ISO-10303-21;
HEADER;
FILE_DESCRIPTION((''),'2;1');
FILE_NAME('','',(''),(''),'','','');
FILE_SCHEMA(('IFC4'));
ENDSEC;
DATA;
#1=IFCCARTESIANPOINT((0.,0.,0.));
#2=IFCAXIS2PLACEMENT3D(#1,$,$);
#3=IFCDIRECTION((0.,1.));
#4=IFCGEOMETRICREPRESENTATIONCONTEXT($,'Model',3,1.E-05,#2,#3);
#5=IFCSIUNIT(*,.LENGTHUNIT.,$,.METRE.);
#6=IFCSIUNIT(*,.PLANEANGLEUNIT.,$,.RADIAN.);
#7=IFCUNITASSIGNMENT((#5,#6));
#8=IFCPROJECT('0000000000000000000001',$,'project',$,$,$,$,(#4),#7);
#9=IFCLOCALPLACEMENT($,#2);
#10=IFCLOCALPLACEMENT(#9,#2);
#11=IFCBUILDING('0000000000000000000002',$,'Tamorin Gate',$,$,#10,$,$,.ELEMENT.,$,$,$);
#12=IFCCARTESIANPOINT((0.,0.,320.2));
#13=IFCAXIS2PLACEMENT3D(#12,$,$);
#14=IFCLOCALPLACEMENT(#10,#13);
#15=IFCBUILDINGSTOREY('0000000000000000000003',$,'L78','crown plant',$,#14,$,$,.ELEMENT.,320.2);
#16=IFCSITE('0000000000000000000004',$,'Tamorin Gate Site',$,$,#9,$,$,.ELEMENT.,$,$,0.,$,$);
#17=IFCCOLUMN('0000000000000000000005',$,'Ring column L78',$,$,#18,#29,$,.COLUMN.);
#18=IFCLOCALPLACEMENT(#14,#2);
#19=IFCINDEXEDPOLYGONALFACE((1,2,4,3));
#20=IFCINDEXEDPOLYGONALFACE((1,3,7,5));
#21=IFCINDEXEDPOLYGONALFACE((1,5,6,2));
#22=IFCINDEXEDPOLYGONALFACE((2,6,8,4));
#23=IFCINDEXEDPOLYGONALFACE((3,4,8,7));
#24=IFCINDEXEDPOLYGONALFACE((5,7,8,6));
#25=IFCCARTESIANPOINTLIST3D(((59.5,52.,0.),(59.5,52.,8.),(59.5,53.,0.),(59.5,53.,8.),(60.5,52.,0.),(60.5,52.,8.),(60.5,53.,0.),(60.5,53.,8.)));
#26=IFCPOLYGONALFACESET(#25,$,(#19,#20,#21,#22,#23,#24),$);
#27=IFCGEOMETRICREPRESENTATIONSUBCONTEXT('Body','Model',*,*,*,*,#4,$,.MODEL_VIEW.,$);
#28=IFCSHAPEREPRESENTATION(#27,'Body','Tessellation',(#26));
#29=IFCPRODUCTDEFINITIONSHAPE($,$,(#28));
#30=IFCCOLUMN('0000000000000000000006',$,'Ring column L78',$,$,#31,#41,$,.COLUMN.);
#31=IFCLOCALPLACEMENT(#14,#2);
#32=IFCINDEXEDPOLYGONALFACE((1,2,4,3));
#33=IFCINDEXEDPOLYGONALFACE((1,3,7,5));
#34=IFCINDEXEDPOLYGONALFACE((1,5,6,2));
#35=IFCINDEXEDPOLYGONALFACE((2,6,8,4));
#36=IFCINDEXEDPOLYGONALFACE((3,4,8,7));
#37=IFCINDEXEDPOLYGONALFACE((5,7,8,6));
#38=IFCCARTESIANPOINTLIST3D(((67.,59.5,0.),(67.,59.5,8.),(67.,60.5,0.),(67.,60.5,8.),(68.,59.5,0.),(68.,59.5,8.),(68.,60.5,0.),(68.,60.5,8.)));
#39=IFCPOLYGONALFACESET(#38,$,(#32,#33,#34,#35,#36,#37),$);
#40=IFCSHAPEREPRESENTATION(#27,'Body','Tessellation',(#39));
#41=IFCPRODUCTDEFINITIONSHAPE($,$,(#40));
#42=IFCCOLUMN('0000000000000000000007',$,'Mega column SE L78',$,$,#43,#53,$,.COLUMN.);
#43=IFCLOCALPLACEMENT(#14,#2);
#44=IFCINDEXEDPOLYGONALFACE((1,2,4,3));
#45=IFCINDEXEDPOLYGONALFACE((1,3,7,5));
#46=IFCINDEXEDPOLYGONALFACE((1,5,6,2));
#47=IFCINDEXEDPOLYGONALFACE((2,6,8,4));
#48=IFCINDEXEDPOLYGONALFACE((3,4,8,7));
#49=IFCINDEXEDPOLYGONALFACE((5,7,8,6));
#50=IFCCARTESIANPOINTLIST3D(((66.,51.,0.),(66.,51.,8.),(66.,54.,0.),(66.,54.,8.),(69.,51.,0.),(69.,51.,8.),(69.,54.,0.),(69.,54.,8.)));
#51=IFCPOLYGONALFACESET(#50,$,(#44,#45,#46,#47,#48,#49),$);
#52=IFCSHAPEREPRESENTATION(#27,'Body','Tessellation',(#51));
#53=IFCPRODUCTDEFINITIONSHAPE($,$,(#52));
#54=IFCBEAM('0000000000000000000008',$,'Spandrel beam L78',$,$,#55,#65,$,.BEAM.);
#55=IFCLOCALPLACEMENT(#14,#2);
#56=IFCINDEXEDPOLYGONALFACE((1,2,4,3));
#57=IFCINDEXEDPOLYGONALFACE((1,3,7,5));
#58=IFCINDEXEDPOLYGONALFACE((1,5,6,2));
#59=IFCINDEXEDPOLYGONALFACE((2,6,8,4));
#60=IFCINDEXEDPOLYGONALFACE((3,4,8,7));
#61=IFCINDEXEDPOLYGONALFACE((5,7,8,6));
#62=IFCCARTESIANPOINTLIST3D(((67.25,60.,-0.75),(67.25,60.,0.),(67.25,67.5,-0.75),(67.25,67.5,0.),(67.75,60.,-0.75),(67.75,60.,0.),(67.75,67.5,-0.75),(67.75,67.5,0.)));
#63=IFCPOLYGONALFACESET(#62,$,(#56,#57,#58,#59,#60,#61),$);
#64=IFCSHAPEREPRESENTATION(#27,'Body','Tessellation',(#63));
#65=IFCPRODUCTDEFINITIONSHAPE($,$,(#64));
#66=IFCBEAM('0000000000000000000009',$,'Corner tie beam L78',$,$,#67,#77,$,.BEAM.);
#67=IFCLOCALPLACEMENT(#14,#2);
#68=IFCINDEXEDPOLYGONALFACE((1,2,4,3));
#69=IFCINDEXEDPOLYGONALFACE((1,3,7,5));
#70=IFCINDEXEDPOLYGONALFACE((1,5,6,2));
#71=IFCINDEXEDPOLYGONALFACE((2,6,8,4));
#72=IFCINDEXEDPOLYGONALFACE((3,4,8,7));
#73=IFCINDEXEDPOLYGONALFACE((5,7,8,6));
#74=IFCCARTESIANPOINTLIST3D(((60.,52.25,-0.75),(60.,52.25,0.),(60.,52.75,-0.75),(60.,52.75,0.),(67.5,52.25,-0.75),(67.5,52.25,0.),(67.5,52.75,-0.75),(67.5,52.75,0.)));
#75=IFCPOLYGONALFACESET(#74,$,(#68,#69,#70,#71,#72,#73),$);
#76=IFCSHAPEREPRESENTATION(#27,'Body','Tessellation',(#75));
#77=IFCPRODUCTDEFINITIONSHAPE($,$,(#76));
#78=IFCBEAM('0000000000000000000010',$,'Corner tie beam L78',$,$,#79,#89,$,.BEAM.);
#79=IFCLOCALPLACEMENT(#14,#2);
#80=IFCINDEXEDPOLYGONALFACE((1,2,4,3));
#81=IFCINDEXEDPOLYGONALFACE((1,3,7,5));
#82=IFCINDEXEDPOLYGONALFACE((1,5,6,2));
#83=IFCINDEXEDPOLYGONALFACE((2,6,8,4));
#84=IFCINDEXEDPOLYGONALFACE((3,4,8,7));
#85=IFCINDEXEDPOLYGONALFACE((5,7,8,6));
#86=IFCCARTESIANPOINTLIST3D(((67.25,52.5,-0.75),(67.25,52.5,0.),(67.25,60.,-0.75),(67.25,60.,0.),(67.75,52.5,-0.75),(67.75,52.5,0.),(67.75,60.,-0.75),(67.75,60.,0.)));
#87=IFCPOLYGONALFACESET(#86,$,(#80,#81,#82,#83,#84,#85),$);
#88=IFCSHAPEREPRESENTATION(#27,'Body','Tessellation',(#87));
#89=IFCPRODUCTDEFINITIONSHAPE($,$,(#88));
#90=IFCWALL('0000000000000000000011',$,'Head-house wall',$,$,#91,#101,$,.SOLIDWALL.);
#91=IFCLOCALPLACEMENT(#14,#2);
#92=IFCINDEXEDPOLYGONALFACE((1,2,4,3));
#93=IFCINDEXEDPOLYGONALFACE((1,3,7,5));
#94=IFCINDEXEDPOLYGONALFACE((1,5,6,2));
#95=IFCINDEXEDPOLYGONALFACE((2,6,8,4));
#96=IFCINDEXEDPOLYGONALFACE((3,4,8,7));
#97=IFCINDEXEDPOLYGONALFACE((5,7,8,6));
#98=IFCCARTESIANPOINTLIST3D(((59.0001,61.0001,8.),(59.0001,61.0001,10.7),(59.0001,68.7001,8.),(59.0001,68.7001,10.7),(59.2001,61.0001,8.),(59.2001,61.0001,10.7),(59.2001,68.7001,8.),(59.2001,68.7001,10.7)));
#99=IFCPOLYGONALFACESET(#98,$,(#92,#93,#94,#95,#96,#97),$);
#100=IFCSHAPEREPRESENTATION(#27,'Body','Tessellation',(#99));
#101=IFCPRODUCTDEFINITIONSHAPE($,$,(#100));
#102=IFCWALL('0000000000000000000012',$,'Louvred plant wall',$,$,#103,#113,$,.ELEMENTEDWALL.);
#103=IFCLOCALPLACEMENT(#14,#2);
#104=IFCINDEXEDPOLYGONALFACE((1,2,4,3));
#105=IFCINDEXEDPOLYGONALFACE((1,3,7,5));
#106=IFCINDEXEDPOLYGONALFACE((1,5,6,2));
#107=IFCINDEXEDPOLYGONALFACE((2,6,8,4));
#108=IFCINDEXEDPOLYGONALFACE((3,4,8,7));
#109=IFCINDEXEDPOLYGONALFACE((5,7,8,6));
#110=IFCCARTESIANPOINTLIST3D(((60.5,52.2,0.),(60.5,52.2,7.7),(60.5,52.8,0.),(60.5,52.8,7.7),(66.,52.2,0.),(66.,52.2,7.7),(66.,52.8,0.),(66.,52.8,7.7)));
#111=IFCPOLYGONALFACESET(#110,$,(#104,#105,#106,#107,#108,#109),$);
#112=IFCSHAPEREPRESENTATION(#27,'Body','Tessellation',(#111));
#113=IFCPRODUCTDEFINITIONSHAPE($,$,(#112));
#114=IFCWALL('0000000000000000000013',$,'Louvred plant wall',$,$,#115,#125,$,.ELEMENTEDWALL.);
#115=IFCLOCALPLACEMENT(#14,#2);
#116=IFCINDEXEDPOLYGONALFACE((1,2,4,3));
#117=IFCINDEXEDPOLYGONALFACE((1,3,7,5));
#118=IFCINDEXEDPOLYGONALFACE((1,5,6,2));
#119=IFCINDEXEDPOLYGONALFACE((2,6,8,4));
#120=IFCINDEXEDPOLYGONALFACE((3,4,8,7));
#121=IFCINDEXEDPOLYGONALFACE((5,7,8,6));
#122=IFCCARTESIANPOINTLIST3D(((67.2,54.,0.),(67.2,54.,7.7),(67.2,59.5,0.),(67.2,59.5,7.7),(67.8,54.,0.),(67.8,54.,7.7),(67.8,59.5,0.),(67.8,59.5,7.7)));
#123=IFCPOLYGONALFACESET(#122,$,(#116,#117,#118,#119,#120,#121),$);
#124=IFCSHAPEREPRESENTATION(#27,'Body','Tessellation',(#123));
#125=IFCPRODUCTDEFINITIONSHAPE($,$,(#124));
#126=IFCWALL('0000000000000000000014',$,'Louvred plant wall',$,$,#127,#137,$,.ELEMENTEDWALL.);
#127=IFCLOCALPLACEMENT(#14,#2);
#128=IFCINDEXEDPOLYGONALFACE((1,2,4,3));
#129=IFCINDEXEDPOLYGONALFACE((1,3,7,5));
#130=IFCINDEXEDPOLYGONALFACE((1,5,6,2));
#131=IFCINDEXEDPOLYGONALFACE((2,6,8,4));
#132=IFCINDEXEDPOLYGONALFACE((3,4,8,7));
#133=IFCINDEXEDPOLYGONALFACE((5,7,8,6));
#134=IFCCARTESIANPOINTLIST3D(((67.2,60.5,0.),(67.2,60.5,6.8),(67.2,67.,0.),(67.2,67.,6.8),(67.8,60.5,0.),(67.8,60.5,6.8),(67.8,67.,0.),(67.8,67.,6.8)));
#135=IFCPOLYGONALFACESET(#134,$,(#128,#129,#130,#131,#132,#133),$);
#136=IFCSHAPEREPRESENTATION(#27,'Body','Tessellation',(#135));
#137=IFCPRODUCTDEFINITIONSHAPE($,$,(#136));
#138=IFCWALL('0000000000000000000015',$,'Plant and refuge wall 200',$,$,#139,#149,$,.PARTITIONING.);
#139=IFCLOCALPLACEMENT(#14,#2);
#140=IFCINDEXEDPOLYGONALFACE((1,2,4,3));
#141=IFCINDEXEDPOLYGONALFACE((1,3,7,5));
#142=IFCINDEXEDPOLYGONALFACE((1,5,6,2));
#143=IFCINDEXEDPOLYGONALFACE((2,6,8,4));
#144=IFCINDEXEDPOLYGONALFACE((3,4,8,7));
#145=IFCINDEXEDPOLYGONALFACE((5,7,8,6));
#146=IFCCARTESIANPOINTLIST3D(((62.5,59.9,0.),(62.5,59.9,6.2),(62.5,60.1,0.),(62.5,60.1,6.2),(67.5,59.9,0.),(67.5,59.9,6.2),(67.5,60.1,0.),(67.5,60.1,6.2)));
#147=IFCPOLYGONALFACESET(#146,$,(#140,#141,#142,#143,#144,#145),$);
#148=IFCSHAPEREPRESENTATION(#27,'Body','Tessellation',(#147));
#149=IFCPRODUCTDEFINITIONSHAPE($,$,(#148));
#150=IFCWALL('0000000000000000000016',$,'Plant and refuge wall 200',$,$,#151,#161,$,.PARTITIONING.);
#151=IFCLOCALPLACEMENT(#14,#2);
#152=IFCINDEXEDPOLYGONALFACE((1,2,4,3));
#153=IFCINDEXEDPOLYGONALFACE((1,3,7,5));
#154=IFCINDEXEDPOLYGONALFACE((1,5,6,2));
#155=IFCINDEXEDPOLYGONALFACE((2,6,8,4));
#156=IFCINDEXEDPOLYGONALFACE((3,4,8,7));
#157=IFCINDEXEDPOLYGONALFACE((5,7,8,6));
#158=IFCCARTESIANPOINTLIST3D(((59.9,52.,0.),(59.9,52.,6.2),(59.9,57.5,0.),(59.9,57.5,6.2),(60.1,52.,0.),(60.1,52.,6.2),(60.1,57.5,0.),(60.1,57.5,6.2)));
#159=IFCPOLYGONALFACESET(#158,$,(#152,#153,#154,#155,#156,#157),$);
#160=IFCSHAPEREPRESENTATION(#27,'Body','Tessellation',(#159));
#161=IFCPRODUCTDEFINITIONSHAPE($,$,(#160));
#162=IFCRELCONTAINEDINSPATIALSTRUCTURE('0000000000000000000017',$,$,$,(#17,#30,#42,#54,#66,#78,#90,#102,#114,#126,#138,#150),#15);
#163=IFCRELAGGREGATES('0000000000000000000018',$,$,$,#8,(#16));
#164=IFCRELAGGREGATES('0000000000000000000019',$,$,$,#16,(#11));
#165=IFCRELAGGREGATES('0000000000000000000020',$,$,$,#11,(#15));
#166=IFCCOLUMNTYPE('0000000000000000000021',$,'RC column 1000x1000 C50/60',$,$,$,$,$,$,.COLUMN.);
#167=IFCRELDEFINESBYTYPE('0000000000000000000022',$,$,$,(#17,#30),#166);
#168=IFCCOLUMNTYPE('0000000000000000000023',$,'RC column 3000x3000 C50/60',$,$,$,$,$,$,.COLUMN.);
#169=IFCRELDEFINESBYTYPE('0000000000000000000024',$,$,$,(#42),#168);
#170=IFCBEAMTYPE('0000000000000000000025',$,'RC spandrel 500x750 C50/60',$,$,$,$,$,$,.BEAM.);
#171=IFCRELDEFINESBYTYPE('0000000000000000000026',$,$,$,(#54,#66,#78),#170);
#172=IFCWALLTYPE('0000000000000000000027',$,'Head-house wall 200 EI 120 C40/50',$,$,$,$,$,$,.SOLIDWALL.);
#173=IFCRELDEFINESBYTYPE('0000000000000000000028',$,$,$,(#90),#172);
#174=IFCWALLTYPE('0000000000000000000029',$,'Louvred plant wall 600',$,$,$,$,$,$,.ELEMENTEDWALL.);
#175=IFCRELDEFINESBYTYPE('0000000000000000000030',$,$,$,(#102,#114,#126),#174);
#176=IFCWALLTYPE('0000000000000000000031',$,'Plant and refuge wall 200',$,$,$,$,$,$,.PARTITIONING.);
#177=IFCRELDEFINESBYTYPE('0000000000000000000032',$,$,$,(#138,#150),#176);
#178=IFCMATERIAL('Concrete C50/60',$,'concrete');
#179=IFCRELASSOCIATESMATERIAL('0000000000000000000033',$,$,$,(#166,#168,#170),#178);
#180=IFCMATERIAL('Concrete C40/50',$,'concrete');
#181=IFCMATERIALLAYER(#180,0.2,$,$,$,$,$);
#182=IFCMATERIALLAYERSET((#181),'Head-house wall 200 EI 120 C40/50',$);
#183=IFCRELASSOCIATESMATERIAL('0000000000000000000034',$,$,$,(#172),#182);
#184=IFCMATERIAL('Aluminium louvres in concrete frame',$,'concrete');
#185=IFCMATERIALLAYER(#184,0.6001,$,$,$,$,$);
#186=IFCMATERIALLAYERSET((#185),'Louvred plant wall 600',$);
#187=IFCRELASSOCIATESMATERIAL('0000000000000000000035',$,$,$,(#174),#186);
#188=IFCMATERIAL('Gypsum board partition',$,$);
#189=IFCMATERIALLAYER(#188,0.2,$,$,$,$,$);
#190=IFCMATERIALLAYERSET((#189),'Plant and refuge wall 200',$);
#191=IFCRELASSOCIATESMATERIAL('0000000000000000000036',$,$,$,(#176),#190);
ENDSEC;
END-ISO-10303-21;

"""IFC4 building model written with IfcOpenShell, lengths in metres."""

from ifc_helpers import new_model, si_unit, direction, frame, frame_2d, origin, origin_2d, place, context, subcontext, project, spatial, rectangle, extrude, material, layer, layer_set, material_profile, profile_set, type_object, element, save


model = new_model("IFC4")

# Units and contexts
model_context = context("Model", 3, precision=1e-05, world=origin(), true_north=direction((0.0, 1.0)))
body_context = subcontext(model_context, "Body", "Model", "MODEL_VIEW")
ifc_project = project(units=[si_unit("LENGTHUNIT", "METRE"), si_unit("PLANEANGLEUNIT", "RADIAN")], contexts=[model_context])

# Site, building, storey
site_placement = place(None, origin())
site = spatial("IfcSite", under=ifc_project, at=site_placement, Name="Tamorin Gate Site", CompositionType="ELEMENT", RefElevation=0.0)
building_placement = place(site_placement, origin())
building = spatial("IfcBuilding", under=site, at=building_placement, Name="Tamorin Gate", CompositionType="ELEMENT")
storey_placement = place(building_placement, frame((0.0, 0.0, 320.2)))
storey = spatial("IfcBuildingStorey", under=building, at=storey_placement, Name="L78", Description="crown plant", CompositionType="ELEMENT", Elevation=320.2)

# Columns
ifc_material_1 = material(Name="Concrete C50/60", Category="concrete")
ifc_material_profile_1 = material_profile(ifc_material_1, rectangle(XDim=1.0, YDim=1.0, at=origin_2d()), Name="RC 1000x1000")
ifc_profile_set_1 = profile_set([ifc_material_profile_1], Name="Concrete C50/60")
column_type_1 = type_object("IfcColumnType", Name="RC column 1000x1000 C50/60", PredefinedType="COLUMN", material=ifc_profile_set_1)
for number, where, z_axis, x_axis, name in (
    (1, (60.0, 52.5, 0.0), (0.0, 0.0, 1.0), (1.0, 0.0, 0.0), "Ring column L78"),
    (2, (67.5, 60.0, 0.0), (0.0, 0.0, 1.0), (1.0, 0.0, 0.0), "Ring column L78"),
):
    element("IfcColumn", number, at=place(storey_placement, frame(where, z_axis=z_axis, x_axis=x_axis)), inside=storey, type_object=column_type_1, Name=name, PredefinedType="COLUMN", context=body_context, shape_type="SweptSolid", body=[
        extrude(rectangle(XDim=1.0, YDim=1.0, at=origin_2d()), origin(), (0.0, 0.0, 1.0), 8.0),
    ])
ifc_material_profile_2 = material_profile(ifc_material_1, rectangle(XDim=3.0, YDim=3.0, at=origin_2d()), Name="RC 3000x3000")
ifc_profile_set_2 = profile_set([ifc_material_profile_2], Name="Concrete C50/60")
column_type_2 = type_object("IfcColumnType", Name="RC column 3000x3000 C50/60", PredefinedType="COLUMN", material=ifc_profile_set_2)
column_placement = place(storey_placement, frame((67.5, 52.5, 0.0), z_axis=(0.0, 0.0, 1.0), x_axis=(1.0, 0.0, 0.0)))
element("IfcColumn", 3, at=column_placement, inside=storey, type_object=column_type_2, Name="Mega column SE L78", PredefinedType="COLUMN", context=body_context, shape_type="SweptSolid", body=[
    extrude(rectangle(XDim=3.0, YDim=3.0, at=origin_2d()), origin(), (0.0, 0.0, 1.0), 8.0),
])

# Beams
ifc_material_profile_3 = material_profile(ifc_material_1, rectangle(XDim=0.5, YDim=0.75, at=origin_2d()), Name="RC 500x750")
ifc_profile_set_3 = profile_set([ifc_material_profile_3], Name="Concrete C50/60")
beam_type = type_object("IfcBeamType", Name="RC spandrel 500x750 C50/60", PredefinedType="BEAM", material=ifc_profile_set_3)
for number, where, z_axis, x_axis, name in (
    (4, (67.5, 60.0, -0.375), (0.0, 1.0, 0.0), (-1.0, 0.0, 0.0), "Spandrel beam L78"),
    (5, (67.5, 52.5, -0.375), (-1.0, 0.0, 0.0), (0.0, -1.0, 0.0), "Corner tie beam L78"),
    (6, (67.5, 52.5, -0.375), (0.0, 1.0, 0.0), (-1.0, 0.0, 0.0), "Corner tie beam L78"),
):
    element("IfcBeam", number, at=place(storey_placement, frame(where, z_axis=z_axis, x_axis=x_axis)), inside=storey, type_object=beam_type, Name=name, PredefinedType="BEAM", context=body_context, shape_type="SweptSolid", body=[
        extrude(rectangle(XDim=0.5, YDim=0.75, at=origin_2d()), origin(), (0.0, 0.0, 1.0), 7.5),
    ])

# Walls
ifc_material_2 = material(Name="Concrete C40/50", Category="concrete")
ifc_layer_1 = layer(ifc_material_2, 0.2)
ifc_layer_set_1 = layer_set([ifc_layer_1], Name="Head-house wall 200 EI 120 C40/50")
wall_type_1 = type_object("IfcWallType", Name="Head-house wall 200 EI 120 C40/50", PredefinedType="SOLIDWALL", material=ifc_layer_set_1)
wall_1_placement = place(storey_placement, frame((59.1001, 61.0, 8.0), z_axis=(0.0, 0.0, 1.0), x_axis=(0.0, 1.0, 0.0)))
element("IfcWall", 7, at=wall_1_placement, inside=storey, type_object=wall_type_1, Name="Head-house wall", PredefinedType="SOLIDWALL", context=body_context, shape_type="SweptSolid", body=[
    extrude(rectangle(XDim=7.7, YDim=0.2, at=frame_2d((3.8501, 0.0))), origin(), (0.0, 0.0, 1.0), 2.7),
])
ifc_material_3 = material(Name="Aluminium louvres in concrete frame", Category="concrete")
ifc_layer_2 = layer(ifc_material_3, 0.6001)
ifc_layer_set_2 = layer_set([ifc_layer_2], Name="Louvred plant wall 600")
wall_type_2 = type_object("IfcWallType", Name="Louvred plant wall 600", PredefinedType="ELEMENTEDWALL", material=ifc_layer_set_2)
for number, where, z_axis, x_axis, name in (
    (8, (60.5, 52.5, 0.0), (0.0, 0.0, 1.0), (1.0, 0.0, 0.0), "Louvred plant wall"),
    (9, (67.5, 54.0, 0.0), (0.0, 0.0, 1.0), (0.0, 1.0, 0.0), "Louvred plant wall"),
):
    element("IfcWall", number, at=place(storey_placement, frame(where, z_axis=z_axis, x_axis=x_axis)), inside=storey, type_object=wall_type_2, Name=name, PredefinedType="ELEMENTEDWALL", context=body_context, shape_type="SweptSolid", body=[
        extrude(rectangle(XDim=5.5, YDim=0.6001, at=frame_2d((2.75, 0.0))), origin(), (0.0, 0.0, 1.0), 7.7),
    ])
wall_2_placement = place(storey_placement, frame((67.5, 60.5, 0.0), z_axis=(0.0, 0.0, 1.0), x_axis=(0.0, 1.0, 0.0)))
element("IfcWall", 10, at=wall_2_placement, inside=storey, type_object=wall_type_2, Name="Louvred plant wall", PredefinedType="ELEMENTEDWALL", context=body_context, shape_type="SweptSolid", body=[
    extrude(rectangle(XDim=6.5, YDim=0.6001, at=frame_2d((3.25, 0.0))), origin(), (0.0, 0.0, 1.0), 6.8),
])
ifc_material_4 = material(Name="Gypsum board partition")
ifc_layer_3 = layer(ifc_material_4, 0.2)
ifc_layer_set_3 = layer_set([ifc_layer_3], Name="Plant and refuge wall 200")
wall_type_3 = type_object("IfcWallType", Name="Plant and refuge wall 200", PredefinedType="PARTITIONING", material=ifc_layer_set_3)
wall_3_placement = place(storey_placement, frame((62.5, 60.0, 0.0), z_axis=(0.0, 0.0, 1.0), x_axis=(1.0, 0.0, 0.0)))
element("IfcWall", 11, at=wall_3_placement, inside=storey, type_object=wall_type_3, Name="Plant and refuge wall 200", PredefinedType="PARTITIONING", context=body_context, shape_type="SweptSolid", body=[
    extrude(rectangle(XDim=5.0, YDim=0.2, at=frame_2d((2.5, 0.0))), origin(), (0.0, 0.0, 1.0), 6.2),
])
wall_4_placement = place(storey_placement, frame((60.0, 52.0, 0.0), z_axis=(0.0, 0.0, 1.0), x_axis=(0.0, 1.0, 0.0)))
element("IfcWall", 12, at=wall_4_placement, inside=storey, type_object=wall_type_3, Name="Plant and refuge wall 200", PredefinedType="PARTITIONING", context=body_context, shape_type="SweptSolid", body=[
    extrude(rectangle(XDim=5.5, YDim=0.2, at=frame_2d((2.75, 0.0))), origin(), (0.0, 0.0, 1.0), 6.2),
])

save(model, "model.ifc")
